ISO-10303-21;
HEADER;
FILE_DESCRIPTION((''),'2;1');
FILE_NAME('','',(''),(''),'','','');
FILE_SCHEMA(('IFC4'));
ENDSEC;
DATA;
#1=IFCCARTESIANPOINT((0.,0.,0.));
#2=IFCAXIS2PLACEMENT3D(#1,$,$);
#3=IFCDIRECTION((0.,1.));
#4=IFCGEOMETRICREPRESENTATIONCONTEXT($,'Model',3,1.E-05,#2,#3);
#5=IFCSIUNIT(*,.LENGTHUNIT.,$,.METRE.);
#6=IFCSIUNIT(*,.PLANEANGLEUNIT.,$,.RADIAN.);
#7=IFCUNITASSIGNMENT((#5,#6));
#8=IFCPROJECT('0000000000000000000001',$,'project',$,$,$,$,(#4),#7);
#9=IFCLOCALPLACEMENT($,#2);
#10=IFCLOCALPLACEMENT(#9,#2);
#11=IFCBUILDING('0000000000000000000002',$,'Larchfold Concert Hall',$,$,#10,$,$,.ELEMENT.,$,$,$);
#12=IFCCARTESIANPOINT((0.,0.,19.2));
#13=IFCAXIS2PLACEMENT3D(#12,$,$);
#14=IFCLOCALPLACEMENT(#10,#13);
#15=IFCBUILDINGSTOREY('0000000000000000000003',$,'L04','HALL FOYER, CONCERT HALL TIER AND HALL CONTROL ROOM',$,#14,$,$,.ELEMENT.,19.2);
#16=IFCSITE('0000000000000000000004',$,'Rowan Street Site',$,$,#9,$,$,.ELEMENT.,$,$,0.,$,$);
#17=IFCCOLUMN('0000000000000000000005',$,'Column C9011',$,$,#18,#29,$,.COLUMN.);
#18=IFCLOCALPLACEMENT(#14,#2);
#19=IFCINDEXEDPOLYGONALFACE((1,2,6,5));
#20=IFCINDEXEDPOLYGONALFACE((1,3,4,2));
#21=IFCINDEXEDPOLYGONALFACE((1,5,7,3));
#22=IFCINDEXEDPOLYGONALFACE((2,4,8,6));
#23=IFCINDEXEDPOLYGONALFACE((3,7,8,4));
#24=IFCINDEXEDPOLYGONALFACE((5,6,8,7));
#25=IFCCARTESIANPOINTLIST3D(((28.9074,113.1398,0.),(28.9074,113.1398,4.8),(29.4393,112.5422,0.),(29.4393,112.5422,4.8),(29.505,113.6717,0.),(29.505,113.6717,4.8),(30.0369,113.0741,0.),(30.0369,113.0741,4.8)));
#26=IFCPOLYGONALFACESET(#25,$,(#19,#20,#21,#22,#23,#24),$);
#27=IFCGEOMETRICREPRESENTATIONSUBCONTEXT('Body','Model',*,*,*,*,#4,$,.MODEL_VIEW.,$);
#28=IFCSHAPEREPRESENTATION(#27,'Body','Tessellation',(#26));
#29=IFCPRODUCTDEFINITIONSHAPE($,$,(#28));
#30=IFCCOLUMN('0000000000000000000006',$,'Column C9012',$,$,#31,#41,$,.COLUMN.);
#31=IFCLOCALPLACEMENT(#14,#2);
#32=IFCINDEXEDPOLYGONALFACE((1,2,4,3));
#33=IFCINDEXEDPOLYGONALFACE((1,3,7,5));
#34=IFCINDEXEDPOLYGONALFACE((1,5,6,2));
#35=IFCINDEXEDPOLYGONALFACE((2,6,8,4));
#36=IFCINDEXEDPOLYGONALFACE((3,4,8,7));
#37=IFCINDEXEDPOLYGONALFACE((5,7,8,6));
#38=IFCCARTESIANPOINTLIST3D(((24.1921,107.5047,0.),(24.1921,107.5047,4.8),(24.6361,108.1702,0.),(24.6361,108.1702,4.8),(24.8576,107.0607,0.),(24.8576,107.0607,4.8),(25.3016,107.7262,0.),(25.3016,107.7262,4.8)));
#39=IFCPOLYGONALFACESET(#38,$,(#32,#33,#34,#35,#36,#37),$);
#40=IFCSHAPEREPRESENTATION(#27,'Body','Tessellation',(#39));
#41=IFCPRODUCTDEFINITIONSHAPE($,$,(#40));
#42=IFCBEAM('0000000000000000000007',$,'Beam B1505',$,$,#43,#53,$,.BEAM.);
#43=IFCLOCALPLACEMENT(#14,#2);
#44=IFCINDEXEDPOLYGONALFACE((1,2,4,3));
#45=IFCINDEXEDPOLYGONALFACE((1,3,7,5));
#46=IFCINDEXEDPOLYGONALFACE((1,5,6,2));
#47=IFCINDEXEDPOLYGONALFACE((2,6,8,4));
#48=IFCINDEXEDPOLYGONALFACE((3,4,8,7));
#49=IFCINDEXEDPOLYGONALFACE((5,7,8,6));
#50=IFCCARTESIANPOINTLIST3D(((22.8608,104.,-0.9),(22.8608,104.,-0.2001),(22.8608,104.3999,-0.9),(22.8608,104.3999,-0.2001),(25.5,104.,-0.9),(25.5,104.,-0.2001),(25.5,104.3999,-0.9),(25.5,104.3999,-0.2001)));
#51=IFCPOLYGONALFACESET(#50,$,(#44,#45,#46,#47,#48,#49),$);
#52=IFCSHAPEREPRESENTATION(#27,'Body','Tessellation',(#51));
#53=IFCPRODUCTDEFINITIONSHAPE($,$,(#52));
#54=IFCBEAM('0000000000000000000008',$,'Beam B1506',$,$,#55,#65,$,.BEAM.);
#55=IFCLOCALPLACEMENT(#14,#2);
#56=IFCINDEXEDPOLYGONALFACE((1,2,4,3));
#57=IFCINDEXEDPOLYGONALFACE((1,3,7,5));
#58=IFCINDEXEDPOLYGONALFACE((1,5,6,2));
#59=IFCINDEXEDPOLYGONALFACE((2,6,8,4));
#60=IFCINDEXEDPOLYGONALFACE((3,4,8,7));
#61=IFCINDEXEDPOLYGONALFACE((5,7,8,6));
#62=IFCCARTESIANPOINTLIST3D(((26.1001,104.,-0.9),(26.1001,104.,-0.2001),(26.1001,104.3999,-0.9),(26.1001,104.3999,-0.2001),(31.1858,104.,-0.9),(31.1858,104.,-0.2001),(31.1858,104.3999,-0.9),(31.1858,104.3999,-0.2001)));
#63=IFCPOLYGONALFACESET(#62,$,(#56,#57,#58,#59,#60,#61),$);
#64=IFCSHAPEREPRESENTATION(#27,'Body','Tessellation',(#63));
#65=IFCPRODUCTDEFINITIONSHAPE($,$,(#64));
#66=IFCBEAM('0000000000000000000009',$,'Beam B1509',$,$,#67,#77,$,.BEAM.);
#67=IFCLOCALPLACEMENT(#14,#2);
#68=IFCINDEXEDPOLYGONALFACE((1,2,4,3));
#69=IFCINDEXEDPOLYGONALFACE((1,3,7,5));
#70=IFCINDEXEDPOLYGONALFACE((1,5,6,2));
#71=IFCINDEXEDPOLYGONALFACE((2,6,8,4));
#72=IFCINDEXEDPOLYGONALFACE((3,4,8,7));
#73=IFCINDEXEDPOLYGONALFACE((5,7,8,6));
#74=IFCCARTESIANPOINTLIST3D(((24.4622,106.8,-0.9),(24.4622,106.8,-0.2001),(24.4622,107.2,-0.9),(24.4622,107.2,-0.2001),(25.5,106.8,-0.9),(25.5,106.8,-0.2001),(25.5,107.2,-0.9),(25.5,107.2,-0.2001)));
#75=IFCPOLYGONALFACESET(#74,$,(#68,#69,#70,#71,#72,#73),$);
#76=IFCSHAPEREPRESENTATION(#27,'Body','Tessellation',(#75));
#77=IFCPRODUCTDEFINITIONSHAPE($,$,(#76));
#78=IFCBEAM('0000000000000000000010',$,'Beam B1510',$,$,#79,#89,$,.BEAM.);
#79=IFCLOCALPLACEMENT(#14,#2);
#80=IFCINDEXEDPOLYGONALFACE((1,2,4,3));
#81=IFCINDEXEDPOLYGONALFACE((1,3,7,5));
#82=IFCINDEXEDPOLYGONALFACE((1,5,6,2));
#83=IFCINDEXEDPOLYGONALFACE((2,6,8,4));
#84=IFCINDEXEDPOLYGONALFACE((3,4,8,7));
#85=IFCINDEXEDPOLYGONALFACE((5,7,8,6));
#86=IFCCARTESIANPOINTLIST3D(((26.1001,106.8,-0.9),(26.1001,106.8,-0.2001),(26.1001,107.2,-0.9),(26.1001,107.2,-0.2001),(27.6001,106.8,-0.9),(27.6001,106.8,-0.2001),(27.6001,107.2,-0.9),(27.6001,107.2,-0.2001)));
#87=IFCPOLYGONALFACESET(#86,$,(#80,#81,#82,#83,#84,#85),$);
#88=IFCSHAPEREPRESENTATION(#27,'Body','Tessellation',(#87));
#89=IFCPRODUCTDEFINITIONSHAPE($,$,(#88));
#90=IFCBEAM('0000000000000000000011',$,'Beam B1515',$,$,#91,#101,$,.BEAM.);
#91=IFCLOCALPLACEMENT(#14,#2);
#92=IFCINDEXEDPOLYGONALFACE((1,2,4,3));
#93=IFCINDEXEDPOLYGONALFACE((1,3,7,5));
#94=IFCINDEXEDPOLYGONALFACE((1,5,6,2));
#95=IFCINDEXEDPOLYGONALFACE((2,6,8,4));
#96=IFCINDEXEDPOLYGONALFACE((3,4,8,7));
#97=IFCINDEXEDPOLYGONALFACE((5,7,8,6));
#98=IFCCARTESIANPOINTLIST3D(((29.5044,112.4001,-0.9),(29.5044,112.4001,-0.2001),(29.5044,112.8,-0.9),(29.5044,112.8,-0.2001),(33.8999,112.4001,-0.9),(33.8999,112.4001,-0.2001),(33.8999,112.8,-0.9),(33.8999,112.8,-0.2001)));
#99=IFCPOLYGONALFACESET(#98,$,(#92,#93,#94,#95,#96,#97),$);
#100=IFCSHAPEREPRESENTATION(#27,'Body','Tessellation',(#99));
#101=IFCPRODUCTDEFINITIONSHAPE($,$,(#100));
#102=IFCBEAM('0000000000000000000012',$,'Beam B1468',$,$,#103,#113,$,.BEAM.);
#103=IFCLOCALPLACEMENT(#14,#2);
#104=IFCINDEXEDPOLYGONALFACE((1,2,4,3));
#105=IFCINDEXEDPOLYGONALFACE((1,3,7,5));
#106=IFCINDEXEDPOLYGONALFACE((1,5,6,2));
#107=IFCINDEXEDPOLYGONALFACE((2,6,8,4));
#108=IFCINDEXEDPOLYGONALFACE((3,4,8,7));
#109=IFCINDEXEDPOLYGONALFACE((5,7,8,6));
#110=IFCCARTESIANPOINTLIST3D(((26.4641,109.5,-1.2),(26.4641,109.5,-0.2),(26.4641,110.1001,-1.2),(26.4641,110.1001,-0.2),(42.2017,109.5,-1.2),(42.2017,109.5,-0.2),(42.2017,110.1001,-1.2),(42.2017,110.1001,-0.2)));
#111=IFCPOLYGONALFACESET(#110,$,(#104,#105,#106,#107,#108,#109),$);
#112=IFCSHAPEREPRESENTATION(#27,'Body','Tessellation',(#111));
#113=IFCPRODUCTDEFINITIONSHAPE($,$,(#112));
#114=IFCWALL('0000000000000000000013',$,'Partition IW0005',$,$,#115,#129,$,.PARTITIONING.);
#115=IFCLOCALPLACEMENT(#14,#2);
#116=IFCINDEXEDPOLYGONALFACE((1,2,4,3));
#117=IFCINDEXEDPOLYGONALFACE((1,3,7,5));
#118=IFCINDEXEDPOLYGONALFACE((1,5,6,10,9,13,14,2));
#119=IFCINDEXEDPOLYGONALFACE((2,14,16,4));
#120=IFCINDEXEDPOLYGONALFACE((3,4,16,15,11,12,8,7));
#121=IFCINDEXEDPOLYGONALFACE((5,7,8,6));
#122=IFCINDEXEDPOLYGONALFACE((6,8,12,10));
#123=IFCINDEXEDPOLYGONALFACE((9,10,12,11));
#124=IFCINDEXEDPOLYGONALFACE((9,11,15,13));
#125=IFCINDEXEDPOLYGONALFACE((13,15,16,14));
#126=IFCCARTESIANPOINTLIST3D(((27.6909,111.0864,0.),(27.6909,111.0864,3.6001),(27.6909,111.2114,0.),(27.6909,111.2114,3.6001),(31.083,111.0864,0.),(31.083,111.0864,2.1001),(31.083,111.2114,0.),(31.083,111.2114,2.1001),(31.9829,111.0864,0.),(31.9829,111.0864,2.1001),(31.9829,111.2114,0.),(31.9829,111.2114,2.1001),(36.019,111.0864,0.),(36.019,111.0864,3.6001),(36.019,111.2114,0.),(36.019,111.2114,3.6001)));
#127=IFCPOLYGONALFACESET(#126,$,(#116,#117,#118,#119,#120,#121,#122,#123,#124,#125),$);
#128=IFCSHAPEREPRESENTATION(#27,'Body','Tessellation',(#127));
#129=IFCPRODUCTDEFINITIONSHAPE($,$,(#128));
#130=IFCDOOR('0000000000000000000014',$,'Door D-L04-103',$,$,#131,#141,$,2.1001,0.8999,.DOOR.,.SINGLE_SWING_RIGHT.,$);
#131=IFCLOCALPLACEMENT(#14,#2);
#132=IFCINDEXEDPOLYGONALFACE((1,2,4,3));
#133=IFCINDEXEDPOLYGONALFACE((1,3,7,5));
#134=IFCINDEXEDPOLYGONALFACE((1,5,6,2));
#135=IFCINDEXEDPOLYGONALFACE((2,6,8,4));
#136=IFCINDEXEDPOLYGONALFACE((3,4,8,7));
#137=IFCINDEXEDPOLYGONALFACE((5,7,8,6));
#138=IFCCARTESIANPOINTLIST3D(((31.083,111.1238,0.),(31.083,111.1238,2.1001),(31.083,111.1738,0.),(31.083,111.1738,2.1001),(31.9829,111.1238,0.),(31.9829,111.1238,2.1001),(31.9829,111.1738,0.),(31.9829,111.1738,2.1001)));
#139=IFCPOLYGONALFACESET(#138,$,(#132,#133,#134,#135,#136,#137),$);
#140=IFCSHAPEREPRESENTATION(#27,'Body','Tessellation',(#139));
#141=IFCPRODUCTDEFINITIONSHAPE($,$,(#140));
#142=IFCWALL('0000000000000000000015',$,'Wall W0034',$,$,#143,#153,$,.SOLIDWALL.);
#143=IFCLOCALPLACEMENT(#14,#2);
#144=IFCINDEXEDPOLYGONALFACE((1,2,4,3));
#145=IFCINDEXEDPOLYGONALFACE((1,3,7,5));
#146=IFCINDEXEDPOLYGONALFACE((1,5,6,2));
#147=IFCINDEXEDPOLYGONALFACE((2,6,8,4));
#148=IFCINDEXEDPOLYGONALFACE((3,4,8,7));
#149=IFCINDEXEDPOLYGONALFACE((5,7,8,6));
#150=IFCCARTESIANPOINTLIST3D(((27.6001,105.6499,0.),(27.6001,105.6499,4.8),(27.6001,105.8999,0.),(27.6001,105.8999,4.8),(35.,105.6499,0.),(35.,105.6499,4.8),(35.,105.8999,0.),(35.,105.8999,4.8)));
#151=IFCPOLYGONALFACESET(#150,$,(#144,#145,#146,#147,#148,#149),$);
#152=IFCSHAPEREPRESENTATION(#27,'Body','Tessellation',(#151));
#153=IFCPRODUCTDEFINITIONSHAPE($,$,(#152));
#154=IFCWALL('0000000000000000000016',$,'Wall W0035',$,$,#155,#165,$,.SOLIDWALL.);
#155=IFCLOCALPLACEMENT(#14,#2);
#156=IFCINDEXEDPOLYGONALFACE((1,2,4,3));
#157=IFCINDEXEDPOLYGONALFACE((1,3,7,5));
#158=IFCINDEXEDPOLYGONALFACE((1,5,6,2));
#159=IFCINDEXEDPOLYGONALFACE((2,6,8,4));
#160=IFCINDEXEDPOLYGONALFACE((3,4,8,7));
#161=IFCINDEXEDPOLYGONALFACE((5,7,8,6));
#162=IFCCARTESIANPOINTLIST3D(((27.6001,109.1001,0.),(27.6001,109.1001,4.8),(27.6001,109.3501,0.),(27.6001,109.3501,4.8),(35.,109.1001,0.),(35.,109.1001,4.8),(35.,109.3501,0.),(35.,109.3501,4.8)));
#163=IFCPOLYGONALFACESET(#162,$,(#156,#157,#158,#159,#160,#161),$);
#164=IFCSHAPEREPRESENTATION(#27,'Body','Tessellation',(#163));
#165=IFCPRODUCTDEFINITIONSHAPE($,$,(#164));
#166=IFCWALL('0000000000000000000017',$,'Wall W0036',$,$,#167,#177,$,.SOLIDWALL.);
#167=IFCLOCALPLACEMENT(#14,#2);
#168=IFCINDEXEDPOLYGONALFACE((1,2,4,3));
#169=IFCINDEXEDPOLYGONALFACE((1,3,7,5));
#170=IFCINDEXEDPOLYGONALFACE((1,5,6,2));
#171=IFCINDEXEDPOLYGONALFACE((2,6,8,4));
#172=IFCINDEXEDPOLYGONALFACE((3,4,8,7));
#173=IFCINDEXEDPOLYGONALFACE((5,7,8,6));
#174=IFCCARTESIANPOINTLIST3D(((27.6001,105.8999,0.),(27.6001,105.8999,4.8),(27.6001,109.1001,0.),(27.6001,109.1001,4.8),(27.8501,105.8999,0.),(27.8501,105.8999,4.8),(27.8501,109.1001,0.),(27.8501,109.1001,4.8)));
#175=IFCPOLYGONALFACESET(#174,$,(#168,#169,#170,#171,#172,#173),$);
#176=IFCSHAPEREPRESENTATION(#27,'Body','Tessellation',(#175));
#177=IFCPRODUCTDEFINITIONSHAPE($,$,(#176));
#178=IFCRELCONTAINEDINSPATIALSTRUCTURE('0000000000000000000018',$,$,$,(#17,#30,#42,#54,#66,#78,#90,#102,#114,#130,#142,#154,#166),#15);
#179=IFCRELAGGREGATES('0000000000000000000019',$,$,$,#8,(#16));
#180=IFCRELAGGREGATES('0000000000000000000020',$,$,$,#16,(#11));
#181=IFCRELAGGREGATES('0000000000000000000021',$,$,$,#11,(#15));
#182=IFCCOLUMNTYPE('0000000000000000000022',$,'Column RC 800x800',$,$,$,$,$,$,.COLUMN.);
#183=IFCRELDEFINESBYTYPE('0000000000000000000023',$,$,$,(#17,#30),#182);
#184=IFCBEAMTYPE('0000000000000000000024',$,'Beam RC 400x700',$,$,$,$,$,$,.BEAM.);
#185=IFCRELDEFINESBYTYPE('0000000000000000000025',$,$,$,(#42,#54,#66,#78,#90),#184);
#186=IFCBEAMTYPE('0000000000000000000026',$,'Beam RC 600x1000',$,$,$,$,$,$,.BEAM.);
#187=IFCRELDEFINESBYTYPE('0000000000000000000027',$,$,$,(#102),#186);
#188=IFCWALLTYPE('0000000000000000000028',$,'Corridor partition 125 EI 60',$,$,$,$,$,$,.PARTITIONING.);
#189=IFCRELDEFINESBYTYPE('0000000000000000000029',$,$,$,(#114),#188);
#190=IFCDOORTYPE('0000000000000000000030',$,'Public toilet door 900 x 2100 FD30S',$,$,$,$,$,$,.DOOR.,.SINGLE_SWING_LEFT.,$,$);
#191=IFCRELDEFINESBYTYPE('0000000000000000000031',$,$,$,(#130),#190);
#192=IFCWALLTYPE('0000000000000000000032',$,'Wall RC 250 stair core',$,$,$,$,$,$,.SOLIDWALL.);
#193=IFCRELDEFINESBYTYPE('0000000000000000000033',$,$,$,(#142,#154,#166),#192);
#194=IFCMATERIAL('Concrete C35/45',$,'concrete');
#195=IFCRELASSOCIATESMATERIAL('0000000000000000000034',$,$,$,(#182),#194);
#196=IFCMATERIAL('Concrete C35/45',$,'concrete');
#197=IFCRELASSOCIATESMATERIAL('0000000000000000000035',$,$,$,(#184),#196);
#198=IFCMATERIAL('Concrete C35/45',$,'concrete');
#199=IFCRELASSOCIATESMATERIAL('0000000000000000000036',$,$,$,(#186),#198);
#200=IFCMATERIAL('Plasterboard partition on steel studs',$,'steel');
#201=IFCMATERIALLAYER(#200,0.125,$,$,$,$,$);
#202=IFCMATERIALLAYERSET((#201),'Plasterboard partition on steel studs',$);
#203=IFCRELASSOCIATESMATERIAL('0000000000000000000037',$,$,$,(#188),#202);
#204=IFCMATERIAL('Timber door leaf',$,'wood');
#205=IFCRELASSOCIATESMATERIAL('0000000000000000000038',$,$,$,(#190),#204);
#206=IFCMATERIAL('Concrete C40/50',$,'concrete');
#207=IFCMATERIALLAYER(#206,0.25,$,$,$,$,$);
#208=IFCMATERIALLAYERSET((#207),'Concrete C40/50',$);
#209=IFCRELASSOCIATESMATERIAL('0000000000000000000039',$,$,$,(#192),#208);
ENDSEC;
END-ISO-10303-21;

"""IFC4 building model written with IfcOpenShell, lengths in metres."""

from ifc_helpers import new_model, si_unit, direction, frame, frame_2d, origin, origin_2d, place, context, subcontext, project, spatial, rectangle, extrude, material, layer, layer_set, material_profile, profile_set, type_object, element, fill, save


model = new_model("IFC4")

# Units and contexts
model_context = context("Model", 3, precision=1e-05, world=origin(), true_north=direction((0.0, 1.0)))
body_context = subcontext(model_context, "Body", "Model", "MODEL_VIEW")
ifc_project = project(units=[si_unit("LENGTHUNIT", "METRE"), si_unit("PLANEANGLEUNIT", "RADIAN")], contexts=[model_context])

# Site, building, storey
site_placement = place(None, origin())
site = spatial("IfcSite", under=ifc_project, at=site_placement, Name="Rowan Street Site", CompositionType="ELEMENT", RefElevation=0.0)
building_placement = place(site_placement, origin())
building = spatial("IfcBuilding", under=site, at=building_placement, Name="Larchfold Concert Hall", CompositionType="ELEMENT")
storey_placement = place(building_placement, frame((0.0, 0.0, 19.2)))
storey = spatial("IfcBuildingStorey", under=building, at=storey_placement, Name="L04", Description="HALL FOYER, CONCERT HALL TIER AND HALL CONTROL ROOM", CompositionType="ELEMENT", Elevation=19.2)

# Columns
ifc_material_1 = material(Name="Concrete C35/45", Category="concrete")
ifc_material_profile_1 = material_profile(ifc_material_1, rectangle(XDim=0.8, YDim=0.8, at=origin_2d()))
ifc_profile_set_1 = profile_set([ifc_material_profile_1], Name="Concrete C35/45")
column_type = type_object("IfcColumnType", Name="Column RC 800x800", PredefinedType="COLUMN", material=ifc_profile_set_1)
for number, where, z_axis, x_axis, name in (
    (1, (29.4722, 113.1069, 0.0), (0.0, 0.0, 1.0), (0.746954, 0.664876, 0.0), "Column C9011"),
    (2, (24.7468, 107.6155, 0.0), (0.0, 0.0, 1.0), (0.554978, 0.831865, 0.0), "Column C9012"),
):
    element("IfcColumn", number, at=place(storey_placement, frame(where, z_axis=z_axis, x_axis=x_axis)), inside=storey, type_object=column_type, Name=name, PredefinedType="COLUMN", context=body_context, shape_type="SweptSolid", body=[
        extrude(rectangle(XDim=0.8, YDim=0.8, at=origin_2d()), origin(), (0.0, 0.0, 1.0), 4.8),
    ])

# Beams
ifc_material_2 = material(Name="Concrete C35/45", Category="concrete")
ifc_material_profile_2 = material_profile(ifc_material_2, rectangle(XDim=0.3999, YDim=0.7, at=origin_2d()))
ifc_profile_set_2 = profile_set([ifc_material_profile_2], Name="Concrete C35/45")
beam_type_1 = type_object("IfcBeamType", Name="Beam RC 400x700", PredefinedType="BEAM", material=ifc_profile_set_2)
beam_1_placement = place(storey_placement, frame((22.8608, 104.2, -0.55), z_axis=(1.0, 0.0, 0.0), x_axis=(0.0, 1.0, 0.0)))
element("IfcBeam", 3, at=beam_1_placement, inside=storey, type_object=beam_type_1, Name="Beam B1505", PredefinedType="BEAM", context=body_context, shape_type="SweptSolid", body=[
    extrude(rectangle(XDim=0.3999, YDim=0.7, at=origin_2d()), origin(), (0.0, 0.0, 1.0), 2.6392),
])
beam_2_placement = place(storey_placement, frame((26.1001, 104.2, -0.55), z_axis=(1.0, 0.0, 0.0), x_axis=(0.0, 1.0, 0.0)))
element("IfcBeam", 4, at=beam_2_placement, inside=storey, type_object=beam_type_1, Name="Beam B1506", PredefinedType="BEAM", context=body_context, shape_type="SweptSolid", body=[
    extrude(rectangle(XDim=0.3999, YDim=0.7, at=origin_2d()), origin(), (0.0, 0.0, 1.0), 5.0857),
])
beam_3_placement = place(storey_placement, frame((24.4622, 107.0, -0.55), z_axis=(1.0, 0.0, 0.0), x_axis=(0.0, 1.0, 0.0)))
element("IfcBeam", 5, at=beam_3_placement, inside=storey, type_object=beam_type_1, Name="Beam B1509", PredefinedType="BEAM", context=body_context, shape_type="SweptSolid", body=[
    extrude(rectangle(XDim=0.3999, YDim=0.7, at=origin_2d()), origin(), (0.0, 0.0, 1.0), 1.0378),
])
beam_4_placement = place(storey_placement, frame((26.1001, 107.0, -0.55), z_axis=(1.0, 0.0, 0.0), x_axis=(0.0, 1.0, 0.0)))
element("IfcBeam", 6, at=beam_4_placement, inside=storey, type_object=beam_type_1, Name="Beam B1510", PredefinedType="BEAM", context=body_context, shape_type="SweptSolid", body=[
    extrude(rectangle(XDim=0.3999, YDim=0.7, at=origin_2d()), origin(), (0.0, 0.0, 1.0), 1.5),
])
beam_5_placement = place(storey_placement, frame((29.5044, 112.6001, -0.55), z_axis=(1.0, 0.0, 0.0), x_axis=(0.0, 1.0, 0.0)))
element("IfcBeam", 7, at=beam_5_placement, inside=storey, type_object=beam_type_1, Name="Beam B1515", PredefinedType="BEAM", context=body_context, shape_type="SweptSolid", body=[
    extrude(rectangle(XDim=0.3999, YDim=0.7, at=origin_2d()), origin(), (0.0, 0.0, 1.0), 4.3955),
])
ifc_material_3 = material(Name="Concrete C35/45", Category="concrete")
ifc_material_profile_3 = material_profile(ifc_material_3, rectangle(XDim=0.6001, YDim=1.0, at=origin_2d()))
ifc_profile_set_3 = profile_set([ifc_material_profile_3], Name="Concrete C35/45")
beam_type_2 = type_object("IfcBeamType", Name="Beam RC 600x1000", PredefinedType="BEAM", material=ifc_profile_set_3)
beam_6_placement = place(storey_placement, frame((26.4641, 109.8, -0.7), z_axis=(1.0, 0.0, 0.0), x_axis=(0.0, 1.0, 0.0)))
element("IfcBeam", 8, at=beam_6_placement, inside=storey, type_object=beam_type_2, Name="Beam B1468", PredefinedType="BEAM", context=body_context, shape_type="SweptSolid", body=[
    extrude(rectangle(XDim=0.6001, YDim=1.0, at=origin_2d()), origin(), (0.0, 0.0, 1.0), 15.7375),
])

# Wall, opening, door
ifc_material_4 = material(Name="Plasterboard partition on steel studs", Category="steel")
ifc_layer_1 = layer(ifc_material_4, 0.125)
ifc_layer_set_1 = layer_set([ifc_layer_1], Name="Plasterboard partition on steel studs")
wall_type_1 = type_object("IfcWallType", Name="Corridor partition 125 EI 60", PredefinedType="PARTITIONING", material=ifc_layer_set_1)
wall_1_placement = place(storey_placement, frame((27.6909, 111.1489, 0.0), z_axis=(0.0, 0.0, 1.0), x_axis=(1.0, 0.0, 0.0)))
wall_1 = element("IfcWall", 9, at=wall_1_placement, inside=storey, type_object=wall_type_1, Name="Partition IW0005", PredefinedType="PARTITIONING", context=body_context, shape_type="SweptSolid", body=[
    extrude(rectangle(XDim=8.3281, YDim=0.125, at=frame_2d((4.1641, 0.0))), origin(), (0.0, 0.0, 1.0), 3.6001),
])
opening_placement = place(wall_1_placement, frame((3.3921, 0.0, 0.0)))
opening = element("IfcOpeningElement", 10, at=opening_placement, cuts=wall_1, PredefinedType="OPENING", context=body_context, shape_type="SweptSolid", body=[
    extrude(rectangle(XDim=0.8999, YDim=2.1001, at=frame_2d((0.45, 1.05))), frame((0.0, 0.0725, 0.0), z_axis=(0.0, -1.0, 0.0), x_axis=(1.0, 0.0, 0.0)), (0.0, 0.0, 1.0), 0.145),
])
ifc_material_5 = material(Name="Timber door leaf", Category="wood")
door_type = type_object("IfcDoorType", Name="Public toilet door 900 x 2100 FD30S", OperationType="SINGLE_SWING_LEFT", PredefinedType="DOOR", material=ifc_material_5)
door_placement = place(opening_placement, origin())
door = element("IfcDoor", 11, at=door_placement, inside=storey, type_object=door_type, Name="Door D-L04-103", OperationType="SINGLE_SWING_RIGHT", OverallHeight=2.1001, OverallWidth=0.8999, PredefinedType="DOOR", context=body_context, shape_type="SweptSolid", body=[
    extrude(rectangle(XDim=0.8999, YDim=2.1001, at=frame_2d((0.45, 1.05))), frame((0.0, 0.0249, 0.0), z_axis=(0.0, -1.0, 0.0), x_axis=(1.0, 0.0, 0.0)), (0.0, 0.0, 1.0), 0.05),
])
fill(opening, door)

# Walls
ifc_material_6 = material(Name="Concrete C40/50", Category="concrete")
ifc_layer_2 = layer(ifc_material_6, 0.25)
ifc_layer_set_2 = layer_set([ifc_layer_2], Name="Concrete C40/50")
wall_type_2 = type_object("IfcWallType", Name="Wall RC 250 stair core", PredefinedType="SOLIDWALL", material=ifc_layer_set_2)
for number, where, z_axis, x_axis, name in (
    (12, (27.6001, 105.7749, 0.0), (0.0, 0.0, 1.0), (1.0, 0.0, 0.0), "Wall W0034"),
    (13, (27.6001, 109.2251, 0.0), (0.0, 0.0, 1.0), (1.0, 0.0, 0.0), "Wall W0035"),
):
    element("IfcWall", number, at=place(storey_placement, frame(where, z_axis=z_axis, x_axis=x_axis)), inside=storey, type_object=wall_type_2, Name=name, PredefinedType="SOLIDWALL", context=body_context, shape_type="SweptSolid", body=[
        extrude(rectangle(XDim=7.3999, YDim=0.25, at=frame_2d((3.7, 0.0))), origin(), (0.0, 0.0, 1.0), 4.8),
    ])
wall_2_placement = place(storey_placement, frame((27.7251, 105.8999, 0.0), z_axis=(0.0, 0.0, 1.0), x_axis=(0.0, 1.0, 0.0)))
element("IfcWall", 14, at=wall_2_placement, inside=storey, type_object=wall_type_2, Name="Wall W0036", PredefinedType="SOLIDWALL", context=body_context, shape_type="SweptSolid", body=[
    extrude(rectangle(XDim=3.2002, YDim=0.25, at=frame_2d((1.6001, 0.0))), origin(), (0.0, 0.0, 1.0), 4.8),
])

save(model, "model.ifc")
